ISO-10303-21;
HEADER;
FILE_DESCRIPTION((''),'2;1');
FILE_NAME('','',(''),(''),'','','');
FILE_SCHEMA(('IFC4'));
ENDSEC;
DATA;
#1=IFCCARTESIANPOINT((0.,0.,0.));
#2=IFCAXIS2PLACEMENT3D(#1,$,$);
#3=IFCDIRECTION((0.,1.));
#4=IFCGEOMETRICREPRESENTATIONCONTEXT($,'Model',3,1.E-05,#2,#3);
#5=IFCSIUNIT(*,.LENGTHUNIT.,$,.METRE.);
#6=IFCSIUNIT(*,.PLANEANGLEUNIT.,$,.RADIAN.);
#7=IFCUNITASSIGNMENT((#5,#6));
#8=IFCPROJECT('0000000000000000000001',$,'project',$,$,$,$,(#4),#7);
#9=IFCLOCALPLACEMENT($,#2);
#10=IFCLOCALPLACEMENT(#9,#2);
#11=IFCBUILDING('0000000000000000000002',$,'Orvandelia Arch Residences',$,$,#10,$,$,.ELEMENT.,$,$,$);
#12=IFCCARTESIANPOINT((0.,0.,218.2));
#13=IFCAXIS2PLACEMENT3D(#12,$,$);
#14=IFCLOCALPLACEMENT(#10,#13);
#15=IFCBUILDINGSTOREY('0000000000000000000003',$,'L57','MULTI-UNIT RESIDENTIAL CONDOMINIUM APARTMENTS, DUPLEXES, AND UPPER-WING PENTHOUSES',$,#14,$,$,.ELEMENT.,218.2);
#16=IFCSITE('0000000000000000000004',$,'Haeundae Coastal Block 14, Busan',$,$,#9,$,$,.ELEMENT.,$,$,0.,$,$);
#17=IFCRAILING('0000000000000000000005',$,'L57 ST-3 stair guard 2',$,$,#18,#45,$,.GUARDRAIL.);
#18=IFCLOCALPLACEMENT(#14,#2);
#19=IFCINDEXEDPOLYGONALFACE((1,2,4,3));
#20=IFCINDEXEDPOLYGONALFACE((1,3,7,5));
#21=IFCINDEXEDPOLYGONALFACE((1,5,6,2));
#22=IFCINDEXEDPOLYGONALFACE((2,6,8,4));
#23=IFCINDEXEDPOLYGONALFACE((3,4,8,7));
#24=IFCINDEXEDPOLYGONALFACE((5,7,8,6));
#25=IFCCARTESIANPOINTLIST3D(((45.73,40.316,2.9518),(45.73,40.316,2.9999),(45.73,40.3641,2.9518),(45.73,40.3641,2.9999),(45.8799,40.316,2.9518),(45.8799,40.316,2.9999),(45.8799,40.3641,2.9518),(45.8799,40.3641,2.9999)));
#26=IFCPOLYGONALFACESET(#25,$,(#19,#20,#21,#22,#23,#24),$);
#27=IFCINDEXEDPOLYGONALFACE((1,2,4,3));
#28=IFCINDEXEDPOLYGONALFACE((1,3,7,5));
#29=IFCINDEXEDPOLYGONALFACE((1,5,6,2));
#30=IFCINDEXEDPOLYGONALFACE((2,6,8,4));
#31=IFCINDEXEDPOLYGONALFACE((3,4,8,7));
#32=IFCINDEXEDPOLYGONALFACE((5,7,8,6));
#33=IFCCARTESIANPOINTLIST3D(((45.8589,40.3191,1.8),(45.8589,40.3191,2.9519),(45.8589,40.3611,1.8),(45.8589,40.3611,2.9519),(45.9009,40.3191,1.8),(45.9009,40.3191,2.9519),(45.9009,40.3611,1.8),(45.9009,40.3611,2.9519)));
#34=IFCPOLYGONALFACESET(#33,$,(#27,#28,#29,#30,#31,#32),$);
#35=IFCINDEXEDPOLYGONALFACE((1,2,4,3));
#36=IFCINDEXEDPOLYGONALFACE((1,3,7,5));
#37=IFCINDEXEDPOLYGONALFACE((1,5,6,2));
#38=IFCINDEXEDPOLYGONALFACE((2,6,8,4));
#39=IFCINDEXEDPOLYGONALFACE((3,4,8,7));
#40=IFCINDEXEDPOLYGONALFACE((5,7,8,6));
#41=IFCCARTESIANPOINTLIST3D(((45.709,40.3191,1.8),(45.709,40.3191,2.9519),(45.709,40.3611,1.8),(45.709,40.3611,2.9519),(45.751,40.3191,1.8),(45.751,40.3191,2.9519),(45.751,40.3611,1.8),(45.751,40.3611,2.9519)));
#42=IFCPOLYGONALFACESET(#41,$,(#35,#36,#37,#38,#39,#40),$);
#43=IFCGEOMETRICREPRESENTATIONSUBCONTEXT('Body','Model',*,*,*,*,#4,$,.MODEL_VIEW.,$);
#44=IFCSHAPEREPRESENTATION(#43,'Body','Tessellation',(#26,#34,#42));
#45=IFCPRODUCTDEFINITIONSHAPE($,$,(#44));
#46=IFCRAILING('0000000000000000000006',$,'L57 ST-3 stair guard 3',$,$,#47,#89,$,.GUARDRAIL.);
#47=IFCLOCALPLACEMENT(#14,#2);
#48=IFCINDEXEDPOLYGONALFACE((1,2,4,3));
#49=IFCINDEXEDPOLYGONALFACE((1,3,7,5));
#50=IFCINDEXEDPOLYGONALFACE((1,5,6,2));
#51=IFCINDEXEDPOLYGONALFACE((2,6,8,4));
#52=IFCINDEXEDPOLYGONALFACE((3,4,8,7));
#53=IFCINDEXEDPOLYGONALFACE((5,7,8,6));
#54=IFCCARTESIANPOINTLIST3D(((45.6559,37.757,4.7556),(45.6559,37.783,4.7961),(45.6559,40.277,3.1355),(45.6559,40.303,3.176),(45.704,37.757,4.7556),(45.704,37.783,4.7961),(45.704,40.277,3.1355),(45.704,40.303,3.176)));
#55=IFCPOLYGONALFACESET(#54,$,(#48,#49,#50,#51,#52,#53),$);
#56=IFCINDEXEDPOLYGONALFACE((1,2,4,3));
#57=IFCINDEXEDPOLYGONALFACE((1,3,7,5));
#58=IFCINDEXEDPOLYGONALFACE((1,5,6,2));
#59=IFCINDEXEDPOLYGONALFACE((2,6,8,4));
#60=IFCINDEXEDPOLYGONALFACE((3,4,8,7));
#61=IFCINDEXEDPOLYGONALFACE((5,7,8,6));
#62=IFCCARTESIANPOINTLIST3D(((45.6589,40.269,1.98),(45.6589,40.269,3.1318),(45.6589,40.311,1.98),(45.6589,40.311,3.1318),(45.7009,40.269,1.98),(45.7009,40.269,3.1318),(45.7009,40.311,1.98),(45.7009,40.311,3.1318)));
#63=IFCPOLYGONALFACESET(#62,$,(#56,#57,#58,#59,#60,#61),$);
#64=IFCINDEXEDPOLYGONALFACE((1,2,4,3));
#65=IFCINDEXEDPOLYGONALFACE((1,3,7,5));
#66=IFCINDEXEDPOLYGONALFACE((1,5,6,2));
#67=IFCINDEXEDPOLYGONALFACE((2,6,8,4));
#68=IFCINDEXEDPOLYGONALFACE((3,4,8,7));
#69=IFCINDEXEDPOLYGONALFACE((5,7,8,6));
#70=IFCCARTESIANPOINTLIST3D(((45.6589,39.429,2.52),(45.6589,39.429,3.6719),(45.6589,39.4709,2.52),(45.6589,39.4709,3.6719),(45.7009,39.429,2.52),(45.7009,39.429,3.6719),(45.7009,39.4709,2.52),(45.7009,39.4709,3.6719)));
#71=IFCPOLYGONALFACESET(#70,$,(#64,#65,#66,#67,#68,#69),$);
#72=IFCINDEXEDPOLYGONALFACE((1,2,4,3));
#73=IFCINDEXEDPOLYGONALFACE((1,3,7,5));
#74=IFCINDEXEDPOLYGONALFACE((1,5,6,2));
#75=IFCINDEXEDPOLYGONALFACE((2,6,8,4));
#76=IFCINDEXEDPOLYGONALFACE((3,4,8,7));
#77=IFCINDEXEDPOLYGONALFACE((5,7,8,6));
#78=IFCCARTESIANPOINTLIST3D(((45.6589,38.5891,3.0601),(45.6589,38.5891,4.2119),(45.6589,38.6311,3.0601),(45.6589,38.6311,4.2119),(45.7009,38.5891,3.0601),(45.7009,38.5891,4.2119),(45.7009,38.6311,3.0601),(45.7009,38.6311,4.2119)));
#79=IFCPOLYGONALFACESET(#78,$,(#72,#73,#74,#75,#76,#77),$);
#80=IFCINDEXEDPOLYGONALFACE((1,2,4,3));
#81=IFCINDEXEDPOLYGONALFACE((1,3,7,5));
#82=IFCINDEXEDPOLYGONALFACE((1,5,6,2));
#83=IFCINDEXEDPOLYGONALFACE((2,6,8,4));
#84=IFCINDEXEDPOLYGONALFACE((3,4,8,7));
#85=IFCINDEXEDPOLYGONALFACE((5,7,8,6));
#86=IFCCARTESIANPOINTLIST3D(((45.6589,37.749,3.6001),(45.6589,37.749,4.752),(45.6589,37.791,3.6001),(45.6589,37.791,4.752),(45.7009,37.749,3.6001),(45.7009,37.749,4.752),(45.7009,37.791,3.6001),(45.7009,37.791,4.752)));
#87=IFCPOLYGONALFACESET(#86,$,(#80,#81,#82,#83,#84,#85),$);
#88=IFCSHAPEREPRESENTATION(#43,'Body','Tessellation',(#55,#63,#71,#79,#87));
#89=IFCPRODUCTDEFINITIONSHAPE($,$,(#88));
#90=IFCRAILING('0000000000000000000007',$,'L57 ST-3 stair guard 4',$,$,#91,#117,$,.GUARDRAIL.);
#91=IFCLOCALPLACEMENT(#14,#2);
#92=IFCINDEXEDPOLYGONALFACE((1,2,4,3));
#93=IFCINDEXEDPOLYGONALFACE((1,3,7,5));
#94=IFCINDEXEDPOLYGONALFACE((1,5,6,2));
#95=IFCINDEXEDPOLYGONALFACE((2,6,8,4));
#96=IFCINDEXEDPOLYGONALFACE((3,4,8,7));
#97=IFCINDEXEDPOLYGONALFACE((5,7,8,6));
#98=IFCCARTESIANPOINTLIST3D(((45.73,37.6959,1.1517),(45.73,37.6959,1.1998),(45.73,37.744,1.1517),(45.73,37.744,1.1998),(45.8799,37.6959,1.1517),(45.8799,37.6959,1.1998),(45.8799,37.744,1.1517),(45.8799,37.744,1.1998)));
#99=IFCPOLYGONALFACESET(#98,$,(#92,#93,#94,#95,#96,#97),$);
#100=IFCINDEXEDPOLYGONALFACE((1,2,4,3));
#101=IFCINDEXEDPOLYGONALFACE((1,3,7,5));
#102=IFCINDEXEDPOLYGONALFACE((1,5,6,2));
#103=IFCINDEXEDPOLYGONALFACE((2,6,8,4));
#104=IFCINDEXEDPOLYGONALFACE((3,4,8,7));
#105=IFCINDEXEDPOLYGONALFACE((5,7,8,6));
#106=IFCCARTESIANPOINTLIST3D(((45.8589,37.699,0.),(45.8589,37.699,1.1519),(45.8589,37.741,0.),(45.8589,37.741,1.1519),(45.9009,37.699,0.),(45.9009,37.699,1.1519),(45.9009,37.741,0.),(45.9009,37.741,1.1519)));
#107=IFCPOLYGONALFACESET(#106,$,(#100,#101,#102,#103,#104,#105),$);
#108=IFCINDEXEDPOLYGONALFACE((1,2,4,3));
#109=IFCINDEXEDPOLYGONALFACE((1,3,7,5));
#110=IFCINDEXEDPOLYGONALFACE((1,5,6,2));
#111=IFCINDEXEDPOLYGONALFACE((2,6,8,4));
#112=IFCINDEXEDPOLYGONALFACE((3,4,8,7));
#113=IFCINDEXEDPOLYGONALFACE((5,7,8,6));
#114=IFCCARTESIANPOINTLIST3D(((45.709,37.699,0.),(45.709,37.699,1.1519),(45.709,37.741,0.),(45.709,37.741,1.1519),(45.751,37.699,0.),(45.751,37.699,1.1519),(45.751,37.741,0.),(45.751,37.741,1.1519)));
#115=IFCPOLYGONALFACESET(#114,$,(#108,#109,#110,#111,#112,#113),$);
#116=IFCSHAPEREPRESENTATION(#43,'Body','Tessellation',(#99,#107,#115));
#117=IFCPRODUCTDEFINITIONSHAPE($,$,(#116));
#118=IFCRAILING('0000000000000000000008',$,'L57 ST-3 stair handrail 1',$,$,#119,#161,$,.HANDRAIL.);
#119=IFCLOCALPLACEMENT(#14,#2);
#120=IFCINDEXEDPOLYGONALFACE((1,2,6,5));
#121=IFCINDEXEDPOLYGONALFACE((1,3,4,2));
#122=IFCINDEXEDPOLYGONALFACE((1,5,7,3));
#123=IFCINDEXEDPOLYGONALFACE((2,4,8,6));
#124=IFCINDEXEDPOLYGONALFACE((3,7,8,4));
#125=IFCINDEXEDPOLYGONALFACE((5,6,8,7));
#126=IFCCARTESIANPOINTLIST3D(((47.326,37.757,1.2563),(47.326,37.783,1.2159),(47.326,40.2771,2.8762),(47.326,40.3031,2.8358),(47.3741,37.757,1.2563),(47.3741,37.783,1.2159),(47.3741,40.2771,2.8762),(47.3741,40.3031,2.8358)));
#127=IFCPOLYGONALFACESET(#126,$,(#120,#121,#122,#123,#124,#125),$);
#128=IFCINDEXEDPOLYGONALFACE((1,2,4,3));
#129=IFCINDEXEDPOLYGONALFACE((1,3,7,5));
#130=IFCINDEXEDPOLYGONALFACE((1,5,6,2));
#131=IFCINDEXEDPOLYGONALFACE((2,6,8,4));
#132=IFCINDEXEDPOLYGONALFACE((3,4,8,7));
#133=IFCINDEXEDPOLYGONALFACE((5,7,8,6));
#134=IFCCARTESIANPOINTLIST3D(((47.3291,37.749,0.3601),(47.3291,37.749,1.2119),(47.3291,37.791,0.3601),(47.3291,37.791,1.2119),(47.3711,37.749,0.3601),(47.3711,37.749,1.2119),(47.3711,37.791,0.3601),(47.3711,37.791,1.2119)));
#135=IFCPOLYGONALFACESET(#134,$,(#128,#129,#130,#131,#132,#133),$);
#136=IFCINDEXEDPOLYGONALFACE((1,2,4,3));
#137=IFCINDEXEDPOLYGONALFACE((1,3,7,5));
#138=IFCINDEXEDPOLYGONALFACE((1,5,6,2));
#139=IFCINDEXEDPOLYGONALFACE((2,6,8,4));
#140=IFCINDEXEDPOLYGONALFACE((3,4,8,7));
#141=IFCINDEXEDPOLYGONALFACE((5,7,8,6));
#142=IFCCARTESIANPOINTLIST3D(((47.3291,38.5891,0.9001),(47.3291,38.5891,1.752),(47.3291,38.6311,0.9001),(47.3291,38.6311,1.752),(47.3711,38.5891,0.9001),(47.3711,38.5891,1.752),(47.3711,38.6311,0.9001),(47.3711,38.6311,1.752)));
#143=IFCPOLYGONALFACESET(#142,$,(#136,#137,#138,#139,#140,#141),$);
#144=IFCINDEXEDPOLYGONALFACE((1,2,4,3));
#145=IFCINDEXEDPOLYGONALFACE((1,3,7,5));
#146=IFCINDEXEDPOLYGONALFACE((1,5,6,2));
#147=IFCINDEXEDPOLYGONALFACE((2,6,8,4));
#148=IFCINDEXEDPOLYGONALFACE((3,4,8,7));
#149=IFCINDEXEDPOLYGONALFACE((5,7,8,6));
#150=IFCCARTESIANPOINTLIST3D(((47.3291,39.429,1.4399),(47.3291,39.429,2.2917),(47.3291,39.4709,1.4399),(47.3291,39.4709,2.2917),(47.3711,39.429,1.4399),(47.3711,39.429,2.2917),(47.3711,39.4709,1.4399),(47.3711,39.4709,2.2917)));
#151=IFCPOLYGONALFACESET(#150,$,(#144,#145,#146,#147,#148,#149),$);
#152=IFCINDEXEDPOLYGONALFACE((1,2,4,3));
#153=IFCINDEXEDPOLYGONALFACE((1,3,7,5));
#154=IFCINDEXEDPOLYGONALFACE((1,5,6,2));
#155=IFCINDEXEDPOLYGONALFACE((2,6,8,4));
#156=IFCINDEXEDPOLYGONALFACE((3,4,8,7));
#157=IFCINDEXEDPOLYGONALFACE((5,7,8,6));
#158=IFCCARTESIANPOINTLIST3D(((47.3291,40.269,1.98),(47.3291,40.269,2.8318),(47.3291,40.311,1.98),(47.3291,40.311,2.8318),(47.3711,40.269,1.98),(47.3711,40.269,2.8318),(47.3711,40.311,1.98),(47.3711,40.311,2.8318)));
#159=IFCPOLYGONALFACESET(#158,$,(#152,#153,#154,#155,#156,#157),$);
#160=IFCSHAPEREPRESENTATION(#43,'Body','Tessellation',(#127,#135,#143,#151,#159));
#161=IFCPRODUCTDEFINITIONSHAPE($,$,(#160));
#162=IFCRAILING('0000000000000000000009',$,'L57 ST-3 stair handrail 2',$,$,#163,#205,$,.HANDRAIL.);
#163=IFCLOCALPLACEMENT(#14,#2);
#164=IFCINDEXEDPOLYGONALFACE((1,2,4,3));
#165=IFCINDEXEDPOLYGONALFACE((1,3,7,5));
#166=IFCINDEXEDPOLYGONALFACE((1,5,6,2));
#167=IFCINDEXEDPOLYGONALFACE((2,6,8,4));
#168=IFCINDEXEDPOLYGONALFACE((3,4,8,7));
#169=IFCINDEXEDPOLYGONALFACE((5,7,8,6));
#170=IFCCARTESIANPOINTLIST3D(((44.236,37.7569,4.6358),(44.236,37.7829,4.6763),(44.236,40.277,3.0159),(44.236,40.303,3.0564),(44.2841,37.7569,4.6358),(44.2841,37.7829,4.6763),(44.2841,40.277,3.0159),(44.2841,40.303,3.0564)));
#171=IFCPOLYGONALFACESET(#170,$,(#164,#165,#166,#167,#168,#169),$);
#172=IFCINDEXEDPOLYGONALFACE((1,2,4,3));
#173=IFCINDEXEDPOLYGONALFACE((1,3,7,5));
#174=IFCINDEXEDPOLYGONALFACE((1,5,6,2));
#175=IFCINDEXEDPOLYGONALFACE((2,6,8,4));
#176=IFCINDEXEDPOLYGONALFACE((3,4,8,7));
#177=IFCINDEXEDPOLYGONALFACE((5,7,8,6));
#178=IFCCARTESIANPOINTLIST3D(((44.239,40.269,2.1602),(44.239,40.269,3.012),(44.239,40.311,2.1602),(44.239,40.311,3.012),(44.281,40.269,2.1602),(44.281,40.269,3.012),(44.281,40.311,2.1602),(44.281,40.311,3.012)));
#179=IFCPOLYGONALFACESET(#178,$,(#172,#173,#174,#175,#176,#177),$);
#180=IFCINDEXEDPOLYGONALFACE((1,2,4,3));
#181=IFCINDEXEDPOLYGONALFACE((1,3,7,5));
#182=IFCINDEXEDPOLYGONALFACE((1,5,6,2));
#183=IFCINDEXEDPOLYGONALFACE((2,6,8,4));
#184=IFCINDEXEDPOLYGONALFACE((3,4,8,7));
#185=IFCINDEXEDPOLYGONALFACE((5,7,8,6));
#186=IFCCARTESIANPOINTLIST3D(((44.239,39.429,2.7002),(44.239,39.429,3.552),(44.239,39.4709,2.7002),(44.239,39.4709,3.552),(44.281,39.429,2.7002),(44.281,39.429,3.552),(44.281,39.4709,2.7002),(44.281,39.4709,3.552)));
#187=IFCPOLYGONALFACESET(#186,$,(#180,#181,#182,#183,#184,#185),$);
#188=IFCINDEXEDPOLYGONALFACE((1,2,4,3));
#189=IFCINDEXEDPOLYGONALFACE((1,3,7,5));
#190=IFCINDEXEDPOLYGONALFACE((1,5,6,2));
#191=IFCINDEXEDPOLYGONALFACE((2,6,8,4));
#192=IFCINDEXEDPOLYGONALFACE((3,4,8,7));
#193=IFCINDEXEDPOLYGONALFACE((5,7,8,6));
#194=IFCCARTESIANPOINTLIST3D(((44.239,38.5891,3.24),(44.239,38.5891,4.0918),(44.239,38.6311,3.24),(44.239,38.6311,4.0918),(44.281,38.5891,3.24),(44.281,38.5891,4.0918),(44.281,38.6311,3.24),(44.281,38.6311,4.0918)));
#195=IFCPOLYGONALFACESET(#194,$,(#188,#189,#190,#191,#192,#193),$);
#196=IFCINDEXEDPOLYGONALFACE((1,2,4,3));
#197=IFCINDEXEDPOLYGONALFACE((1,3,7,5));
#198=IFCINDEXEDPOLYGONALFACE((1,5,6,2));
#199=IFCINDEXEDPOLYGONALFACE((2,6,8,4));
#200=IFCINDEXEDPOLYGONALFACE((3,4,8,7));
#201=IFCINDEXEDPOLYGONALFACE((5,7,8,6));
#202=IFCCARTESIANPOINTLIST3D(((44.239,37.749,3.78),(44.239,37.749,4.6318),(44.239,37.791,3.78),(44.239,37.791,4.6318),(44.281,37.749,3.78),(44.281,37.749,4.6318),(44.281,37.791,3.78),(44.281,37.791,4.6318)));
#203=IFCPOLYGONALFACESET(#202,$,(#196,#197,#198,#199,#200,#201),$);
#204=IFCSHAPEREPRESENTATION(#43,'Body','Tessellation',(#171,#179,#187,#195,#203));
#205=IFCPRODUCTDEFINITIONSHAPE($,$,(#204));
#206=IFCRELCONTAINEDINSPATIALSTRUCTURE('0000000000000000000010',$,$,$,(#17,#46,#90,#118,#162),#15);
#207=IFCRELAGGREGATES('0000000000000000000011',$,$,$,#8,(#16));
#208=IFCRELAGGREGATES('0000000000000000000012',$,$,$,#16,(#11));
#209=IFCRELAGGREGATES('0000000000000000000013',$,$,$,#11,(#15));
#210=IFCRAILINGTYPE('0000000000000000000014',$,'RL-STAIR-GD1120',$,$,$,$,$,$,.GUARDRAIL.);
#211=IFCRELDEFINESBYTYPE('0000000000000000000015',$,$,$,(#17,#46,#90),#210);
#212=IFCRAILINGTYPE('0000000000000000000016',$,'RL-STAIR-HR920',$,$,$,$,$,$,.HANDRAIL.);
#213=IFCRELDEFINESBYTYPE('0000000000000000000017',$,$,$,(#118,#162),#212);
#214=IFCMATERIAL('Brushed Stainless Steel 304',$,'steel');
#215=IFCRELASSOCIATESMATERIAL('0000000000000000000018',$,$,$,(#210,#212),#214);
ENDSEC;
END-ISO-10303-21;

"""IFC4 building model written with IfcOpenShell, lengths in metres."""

from ifc_helpers import new_model, si_unit, direction, frame, origin, origin_2d, place, context, subcontext, project, spatial, rectangle, extrude, material, type_object, element, save


model = new_model("IFC4")

# Units and contexts
model_context = context("Model", 3, precision=1e-05, world=origin(), true_north=direction((0.0, 1.0)))
body_context = subcontext(model_context, "Body", "Model", "MODEL_VIEW")
ifc_project = project(units=[si_unit("LENGTHUNIT", "METRE"), si_unit("PLANEANGLEUNIT", "RADIAN")], contexts=[model_context])

# Site, building, storey
site_placement = place(None, origin())
site = spatial("IfcSite", under=ifc_project, at=site_placement, Name="Haeundae Coastal Block 14, Busan", CompositionType="ELEMENT", RefElevation=0.0)
building_placement = place(site_placement, origin())
building = spatial("IfcBuilding", under=site, at=building_placement, Name="Orvandelia Arch Residences", CompositionType="ELEMENT")
storey_placement = place(building_placement, frame((0.0, 0.0, 218.2)))
storey = spatial("IfcBuildingStorey", under=building, at=storey_placement, Name="L57", Description="MULTI-UNIT RESIDENTIAL CONDOMINIUM APARTMENTS, DUPLEXES, AND UPPER-WING PENTHOUSES", CompositionType="ELEMENT", Elevation=218.2)

# Railings
ifc_material_1 = material(Name="Brushed Stainless Steel 304", Category="steel")
railing_type_1 = type_object("IfcRailingType", Name="RL-STAIR-GD1120", PredefinedType="GUARDRAIL", material=ifc_material_1)
railing_1_placement = place(storey_placement, frame((45.8799, 40.3401, 1.8)))
element("IfcRailing", 1, at=railing_1_placement, inside=storey, type_object=railing_type_1, Name="L57 ST-3 stair guard 2", PredefinedType="GUARDRAIL", context=body_context, shape_type="SweptSolid", body=[
    extrude(rectangle(XDim=0.0481, YDim=0.0481, at=origin_2d()), frame((0.0, 0.0, 1.1758), z_axis=(-1.0, 0.0, 0.0), x_axis=(0.0, -1.0, 0.0)), (0.0, 0.0, 1.0), 0.1499),
    extrude(rectangle(XDim=0.042, YDim=0.042, at=origin_2d()), origin(), (0.0, 0.0, 1.0), 1.1519),
    extrude(rectangle(XDim=0.042, YDim=0.042, at=origin_2d()), frame((-0.1499, 0.0, 0.0)), (0.0, 0.0, 1.0), 1.1519),
])
railing_2_placement = place(storey_placement, frame((45.6799, 40.29, 1.98)))
element("IfcRailing", 2, at=railing_2_placement, inside=storey, type_object=railing_type_1, Name="L57 ST-3 stair guard 3", PredefinedType="GUARDRAIL", context=body_context, shape_type="SweptSolid", body=[
    extrude(rectangle(XDim=0.0481, YDim=0.0481, at=origin_2d()), frame((0.0, 0.0, 1.1758), z_axis=(0.0, -0.841163, 0.540782), x_axis=(1.0, 0.0, 0.0)), (0.0, 0.0, 1.0), 2.9958),
    extrude(rectangle(XDim=0.042, YDim=0.042, at=origin_2d()), origin(), (0.0, 0.0, 1.0), 1.1519),
    extrude(rectangle(XDim=0.042, YDim=0.042, at=origin_2d()), frame((0.0, -0.8401, 0.54)), (0.0, 0.0, 1.0), 1.1519),
    extrude(rectangle(XDim=0.042, YDim=0.042, at=origin_2d()), frame((0.0, -1.6799, 1.0801)), (0.0, 0.0, 1.0), 1.1519),
    extrude(rectangle(XDim=0.042, YDim=0.042, at=origin_2d()), frame((0.0, -2.52, 1.6201)), (0.0, 0.0, 1.0), 1.1519),
])
railing_3_placement = place(storey_placement, frame((45.8799, 37.72, 0.0)))
element("IfcRailing", 3, at=railing_3_placement, inside=storey, type_object=railing_type_1, Name="L57 ST-3 stair guard 4", PredefinedType="GUARDRAIL", context=body_context, shape_type="SweptSolid", body=[
    extrude(rectangle(XDim=0.0481, YDim=0.0481, at=origin_2d()), frame((0.0, 0.0, 1.1758), z_axis=(-1.0, 0.0, 0.0), x_axis=(0.0, -1.0, 0.0)), (0.0, 0.0, 1.0), 0.1499),
    extrude(rectangle(XDim=0.042, YDim=0.042, at=origin_2d()), origin(), (0.0, 0.0, 1.0), 1.1519),
    extrude(rectangle(XDim=0.042, YDim=0.042, at=origin_2d()), frame((-0.1499, 0.0, 0.0)), (0.0, 0.0, 1.0), 1.1519),
])
railing_type_2 = type_object("IfcRailingType", Name="RL-STAIR-HR920", PredefinedType="HANDRAIL", material=ifc_material_1)
railing_4_placement = place(storey_placement, frame((47.3501, 37.77, 0.3601)))
element("IfcRailing", 4, at=railing_4_placement, inside=storey, type_object=railing_type_2, Name="L57 ST-3 stair handrail 1", PredefinedType="HANDRAIL", context=body_context, shape_type="SweptSolid", body=[
    extrude(rectangle(XDim=0.0481, YDim=0.0481, at=origin_2d()), frame((0.0, 0.0, 0.876), z_axis=(0.0, 0.8412, 0.540725), x_axis=(-1.0, 0.0, 0.0)), (0.0, 0.0, 1.0), 2.9958),
    extrude(rectangle(XDim=0.042, YDim=0.042, at=origin_2d()), origin(), (0.0, 0.0, 1.0), 0.8518),
    extrude(rectangle(XDim=0.042, YDim=0.042, at=origin_2d()), frame((0.0, 0.8401, 0.54)), (0.0, 0.0, 1.0), 0.8518),
    extrude(rectangle(XDim=0.042, YDim=0.042, at=origin_2d()), frame((0.0, 1.6799, 1.0798)), (0.0, 0.0, 1.0), 0.8518),
    extrude(rectangle(XDim=0.042, YDim=0.042, at=origin_2d()), frame((0.0, 2.52, 1.6199)), (0.0, 0.0, 1.0), 0.8518),
])
railing_5_placement = place(storey_placement, frame((44.26, 40.29, 2.1602)))
element("IfcRailing", 5, at=railing_5_placement, inside=storey, type_object=railing_type_2, Name="L57 ST-3 stair handrail 2", PredefinedType="HANDRAIL", context=body_context, shape_type="SweptSolid", body=[
    extrude(rectangle(XDim=0.0481, YDim=0.0481, at=origin_2d()), frame((0.0, 0.0, 0.876), z_axis=(0.0, -0.8412, 0.540725), x_axis=(1.0, 0.0, 0.0)), (0.0, 0.0, 1.0), 2.9958),
    extrude(rectangle(XDim=0.042, YDim=0.042, at=origin_2d()), origin(), (0.0, 0.0, 1.0), 0.8518),
    extrude(rectangle(XDim=0.042, YDim=0.042, at=origin_2d()), frame((0.0, -0.8401, 0.54)), (0.0, 0.0, 1.0), 0.8518),
    extrude(rectangle(XDim=0.042, YDim=0.042, at=origin_2d()), frame((0.0, -1.6799, 1.0798)), (0.0, 0.0, 1.0), 0.8518),
    extrude(rectangle(XDim=0.042, YDim=0.042, at=origin_2d()), frame((0.0, -2.52, 1.6199)), (0.0, 0.0, 1.0), 0.8518),
])

save(model, "model.ifc")
